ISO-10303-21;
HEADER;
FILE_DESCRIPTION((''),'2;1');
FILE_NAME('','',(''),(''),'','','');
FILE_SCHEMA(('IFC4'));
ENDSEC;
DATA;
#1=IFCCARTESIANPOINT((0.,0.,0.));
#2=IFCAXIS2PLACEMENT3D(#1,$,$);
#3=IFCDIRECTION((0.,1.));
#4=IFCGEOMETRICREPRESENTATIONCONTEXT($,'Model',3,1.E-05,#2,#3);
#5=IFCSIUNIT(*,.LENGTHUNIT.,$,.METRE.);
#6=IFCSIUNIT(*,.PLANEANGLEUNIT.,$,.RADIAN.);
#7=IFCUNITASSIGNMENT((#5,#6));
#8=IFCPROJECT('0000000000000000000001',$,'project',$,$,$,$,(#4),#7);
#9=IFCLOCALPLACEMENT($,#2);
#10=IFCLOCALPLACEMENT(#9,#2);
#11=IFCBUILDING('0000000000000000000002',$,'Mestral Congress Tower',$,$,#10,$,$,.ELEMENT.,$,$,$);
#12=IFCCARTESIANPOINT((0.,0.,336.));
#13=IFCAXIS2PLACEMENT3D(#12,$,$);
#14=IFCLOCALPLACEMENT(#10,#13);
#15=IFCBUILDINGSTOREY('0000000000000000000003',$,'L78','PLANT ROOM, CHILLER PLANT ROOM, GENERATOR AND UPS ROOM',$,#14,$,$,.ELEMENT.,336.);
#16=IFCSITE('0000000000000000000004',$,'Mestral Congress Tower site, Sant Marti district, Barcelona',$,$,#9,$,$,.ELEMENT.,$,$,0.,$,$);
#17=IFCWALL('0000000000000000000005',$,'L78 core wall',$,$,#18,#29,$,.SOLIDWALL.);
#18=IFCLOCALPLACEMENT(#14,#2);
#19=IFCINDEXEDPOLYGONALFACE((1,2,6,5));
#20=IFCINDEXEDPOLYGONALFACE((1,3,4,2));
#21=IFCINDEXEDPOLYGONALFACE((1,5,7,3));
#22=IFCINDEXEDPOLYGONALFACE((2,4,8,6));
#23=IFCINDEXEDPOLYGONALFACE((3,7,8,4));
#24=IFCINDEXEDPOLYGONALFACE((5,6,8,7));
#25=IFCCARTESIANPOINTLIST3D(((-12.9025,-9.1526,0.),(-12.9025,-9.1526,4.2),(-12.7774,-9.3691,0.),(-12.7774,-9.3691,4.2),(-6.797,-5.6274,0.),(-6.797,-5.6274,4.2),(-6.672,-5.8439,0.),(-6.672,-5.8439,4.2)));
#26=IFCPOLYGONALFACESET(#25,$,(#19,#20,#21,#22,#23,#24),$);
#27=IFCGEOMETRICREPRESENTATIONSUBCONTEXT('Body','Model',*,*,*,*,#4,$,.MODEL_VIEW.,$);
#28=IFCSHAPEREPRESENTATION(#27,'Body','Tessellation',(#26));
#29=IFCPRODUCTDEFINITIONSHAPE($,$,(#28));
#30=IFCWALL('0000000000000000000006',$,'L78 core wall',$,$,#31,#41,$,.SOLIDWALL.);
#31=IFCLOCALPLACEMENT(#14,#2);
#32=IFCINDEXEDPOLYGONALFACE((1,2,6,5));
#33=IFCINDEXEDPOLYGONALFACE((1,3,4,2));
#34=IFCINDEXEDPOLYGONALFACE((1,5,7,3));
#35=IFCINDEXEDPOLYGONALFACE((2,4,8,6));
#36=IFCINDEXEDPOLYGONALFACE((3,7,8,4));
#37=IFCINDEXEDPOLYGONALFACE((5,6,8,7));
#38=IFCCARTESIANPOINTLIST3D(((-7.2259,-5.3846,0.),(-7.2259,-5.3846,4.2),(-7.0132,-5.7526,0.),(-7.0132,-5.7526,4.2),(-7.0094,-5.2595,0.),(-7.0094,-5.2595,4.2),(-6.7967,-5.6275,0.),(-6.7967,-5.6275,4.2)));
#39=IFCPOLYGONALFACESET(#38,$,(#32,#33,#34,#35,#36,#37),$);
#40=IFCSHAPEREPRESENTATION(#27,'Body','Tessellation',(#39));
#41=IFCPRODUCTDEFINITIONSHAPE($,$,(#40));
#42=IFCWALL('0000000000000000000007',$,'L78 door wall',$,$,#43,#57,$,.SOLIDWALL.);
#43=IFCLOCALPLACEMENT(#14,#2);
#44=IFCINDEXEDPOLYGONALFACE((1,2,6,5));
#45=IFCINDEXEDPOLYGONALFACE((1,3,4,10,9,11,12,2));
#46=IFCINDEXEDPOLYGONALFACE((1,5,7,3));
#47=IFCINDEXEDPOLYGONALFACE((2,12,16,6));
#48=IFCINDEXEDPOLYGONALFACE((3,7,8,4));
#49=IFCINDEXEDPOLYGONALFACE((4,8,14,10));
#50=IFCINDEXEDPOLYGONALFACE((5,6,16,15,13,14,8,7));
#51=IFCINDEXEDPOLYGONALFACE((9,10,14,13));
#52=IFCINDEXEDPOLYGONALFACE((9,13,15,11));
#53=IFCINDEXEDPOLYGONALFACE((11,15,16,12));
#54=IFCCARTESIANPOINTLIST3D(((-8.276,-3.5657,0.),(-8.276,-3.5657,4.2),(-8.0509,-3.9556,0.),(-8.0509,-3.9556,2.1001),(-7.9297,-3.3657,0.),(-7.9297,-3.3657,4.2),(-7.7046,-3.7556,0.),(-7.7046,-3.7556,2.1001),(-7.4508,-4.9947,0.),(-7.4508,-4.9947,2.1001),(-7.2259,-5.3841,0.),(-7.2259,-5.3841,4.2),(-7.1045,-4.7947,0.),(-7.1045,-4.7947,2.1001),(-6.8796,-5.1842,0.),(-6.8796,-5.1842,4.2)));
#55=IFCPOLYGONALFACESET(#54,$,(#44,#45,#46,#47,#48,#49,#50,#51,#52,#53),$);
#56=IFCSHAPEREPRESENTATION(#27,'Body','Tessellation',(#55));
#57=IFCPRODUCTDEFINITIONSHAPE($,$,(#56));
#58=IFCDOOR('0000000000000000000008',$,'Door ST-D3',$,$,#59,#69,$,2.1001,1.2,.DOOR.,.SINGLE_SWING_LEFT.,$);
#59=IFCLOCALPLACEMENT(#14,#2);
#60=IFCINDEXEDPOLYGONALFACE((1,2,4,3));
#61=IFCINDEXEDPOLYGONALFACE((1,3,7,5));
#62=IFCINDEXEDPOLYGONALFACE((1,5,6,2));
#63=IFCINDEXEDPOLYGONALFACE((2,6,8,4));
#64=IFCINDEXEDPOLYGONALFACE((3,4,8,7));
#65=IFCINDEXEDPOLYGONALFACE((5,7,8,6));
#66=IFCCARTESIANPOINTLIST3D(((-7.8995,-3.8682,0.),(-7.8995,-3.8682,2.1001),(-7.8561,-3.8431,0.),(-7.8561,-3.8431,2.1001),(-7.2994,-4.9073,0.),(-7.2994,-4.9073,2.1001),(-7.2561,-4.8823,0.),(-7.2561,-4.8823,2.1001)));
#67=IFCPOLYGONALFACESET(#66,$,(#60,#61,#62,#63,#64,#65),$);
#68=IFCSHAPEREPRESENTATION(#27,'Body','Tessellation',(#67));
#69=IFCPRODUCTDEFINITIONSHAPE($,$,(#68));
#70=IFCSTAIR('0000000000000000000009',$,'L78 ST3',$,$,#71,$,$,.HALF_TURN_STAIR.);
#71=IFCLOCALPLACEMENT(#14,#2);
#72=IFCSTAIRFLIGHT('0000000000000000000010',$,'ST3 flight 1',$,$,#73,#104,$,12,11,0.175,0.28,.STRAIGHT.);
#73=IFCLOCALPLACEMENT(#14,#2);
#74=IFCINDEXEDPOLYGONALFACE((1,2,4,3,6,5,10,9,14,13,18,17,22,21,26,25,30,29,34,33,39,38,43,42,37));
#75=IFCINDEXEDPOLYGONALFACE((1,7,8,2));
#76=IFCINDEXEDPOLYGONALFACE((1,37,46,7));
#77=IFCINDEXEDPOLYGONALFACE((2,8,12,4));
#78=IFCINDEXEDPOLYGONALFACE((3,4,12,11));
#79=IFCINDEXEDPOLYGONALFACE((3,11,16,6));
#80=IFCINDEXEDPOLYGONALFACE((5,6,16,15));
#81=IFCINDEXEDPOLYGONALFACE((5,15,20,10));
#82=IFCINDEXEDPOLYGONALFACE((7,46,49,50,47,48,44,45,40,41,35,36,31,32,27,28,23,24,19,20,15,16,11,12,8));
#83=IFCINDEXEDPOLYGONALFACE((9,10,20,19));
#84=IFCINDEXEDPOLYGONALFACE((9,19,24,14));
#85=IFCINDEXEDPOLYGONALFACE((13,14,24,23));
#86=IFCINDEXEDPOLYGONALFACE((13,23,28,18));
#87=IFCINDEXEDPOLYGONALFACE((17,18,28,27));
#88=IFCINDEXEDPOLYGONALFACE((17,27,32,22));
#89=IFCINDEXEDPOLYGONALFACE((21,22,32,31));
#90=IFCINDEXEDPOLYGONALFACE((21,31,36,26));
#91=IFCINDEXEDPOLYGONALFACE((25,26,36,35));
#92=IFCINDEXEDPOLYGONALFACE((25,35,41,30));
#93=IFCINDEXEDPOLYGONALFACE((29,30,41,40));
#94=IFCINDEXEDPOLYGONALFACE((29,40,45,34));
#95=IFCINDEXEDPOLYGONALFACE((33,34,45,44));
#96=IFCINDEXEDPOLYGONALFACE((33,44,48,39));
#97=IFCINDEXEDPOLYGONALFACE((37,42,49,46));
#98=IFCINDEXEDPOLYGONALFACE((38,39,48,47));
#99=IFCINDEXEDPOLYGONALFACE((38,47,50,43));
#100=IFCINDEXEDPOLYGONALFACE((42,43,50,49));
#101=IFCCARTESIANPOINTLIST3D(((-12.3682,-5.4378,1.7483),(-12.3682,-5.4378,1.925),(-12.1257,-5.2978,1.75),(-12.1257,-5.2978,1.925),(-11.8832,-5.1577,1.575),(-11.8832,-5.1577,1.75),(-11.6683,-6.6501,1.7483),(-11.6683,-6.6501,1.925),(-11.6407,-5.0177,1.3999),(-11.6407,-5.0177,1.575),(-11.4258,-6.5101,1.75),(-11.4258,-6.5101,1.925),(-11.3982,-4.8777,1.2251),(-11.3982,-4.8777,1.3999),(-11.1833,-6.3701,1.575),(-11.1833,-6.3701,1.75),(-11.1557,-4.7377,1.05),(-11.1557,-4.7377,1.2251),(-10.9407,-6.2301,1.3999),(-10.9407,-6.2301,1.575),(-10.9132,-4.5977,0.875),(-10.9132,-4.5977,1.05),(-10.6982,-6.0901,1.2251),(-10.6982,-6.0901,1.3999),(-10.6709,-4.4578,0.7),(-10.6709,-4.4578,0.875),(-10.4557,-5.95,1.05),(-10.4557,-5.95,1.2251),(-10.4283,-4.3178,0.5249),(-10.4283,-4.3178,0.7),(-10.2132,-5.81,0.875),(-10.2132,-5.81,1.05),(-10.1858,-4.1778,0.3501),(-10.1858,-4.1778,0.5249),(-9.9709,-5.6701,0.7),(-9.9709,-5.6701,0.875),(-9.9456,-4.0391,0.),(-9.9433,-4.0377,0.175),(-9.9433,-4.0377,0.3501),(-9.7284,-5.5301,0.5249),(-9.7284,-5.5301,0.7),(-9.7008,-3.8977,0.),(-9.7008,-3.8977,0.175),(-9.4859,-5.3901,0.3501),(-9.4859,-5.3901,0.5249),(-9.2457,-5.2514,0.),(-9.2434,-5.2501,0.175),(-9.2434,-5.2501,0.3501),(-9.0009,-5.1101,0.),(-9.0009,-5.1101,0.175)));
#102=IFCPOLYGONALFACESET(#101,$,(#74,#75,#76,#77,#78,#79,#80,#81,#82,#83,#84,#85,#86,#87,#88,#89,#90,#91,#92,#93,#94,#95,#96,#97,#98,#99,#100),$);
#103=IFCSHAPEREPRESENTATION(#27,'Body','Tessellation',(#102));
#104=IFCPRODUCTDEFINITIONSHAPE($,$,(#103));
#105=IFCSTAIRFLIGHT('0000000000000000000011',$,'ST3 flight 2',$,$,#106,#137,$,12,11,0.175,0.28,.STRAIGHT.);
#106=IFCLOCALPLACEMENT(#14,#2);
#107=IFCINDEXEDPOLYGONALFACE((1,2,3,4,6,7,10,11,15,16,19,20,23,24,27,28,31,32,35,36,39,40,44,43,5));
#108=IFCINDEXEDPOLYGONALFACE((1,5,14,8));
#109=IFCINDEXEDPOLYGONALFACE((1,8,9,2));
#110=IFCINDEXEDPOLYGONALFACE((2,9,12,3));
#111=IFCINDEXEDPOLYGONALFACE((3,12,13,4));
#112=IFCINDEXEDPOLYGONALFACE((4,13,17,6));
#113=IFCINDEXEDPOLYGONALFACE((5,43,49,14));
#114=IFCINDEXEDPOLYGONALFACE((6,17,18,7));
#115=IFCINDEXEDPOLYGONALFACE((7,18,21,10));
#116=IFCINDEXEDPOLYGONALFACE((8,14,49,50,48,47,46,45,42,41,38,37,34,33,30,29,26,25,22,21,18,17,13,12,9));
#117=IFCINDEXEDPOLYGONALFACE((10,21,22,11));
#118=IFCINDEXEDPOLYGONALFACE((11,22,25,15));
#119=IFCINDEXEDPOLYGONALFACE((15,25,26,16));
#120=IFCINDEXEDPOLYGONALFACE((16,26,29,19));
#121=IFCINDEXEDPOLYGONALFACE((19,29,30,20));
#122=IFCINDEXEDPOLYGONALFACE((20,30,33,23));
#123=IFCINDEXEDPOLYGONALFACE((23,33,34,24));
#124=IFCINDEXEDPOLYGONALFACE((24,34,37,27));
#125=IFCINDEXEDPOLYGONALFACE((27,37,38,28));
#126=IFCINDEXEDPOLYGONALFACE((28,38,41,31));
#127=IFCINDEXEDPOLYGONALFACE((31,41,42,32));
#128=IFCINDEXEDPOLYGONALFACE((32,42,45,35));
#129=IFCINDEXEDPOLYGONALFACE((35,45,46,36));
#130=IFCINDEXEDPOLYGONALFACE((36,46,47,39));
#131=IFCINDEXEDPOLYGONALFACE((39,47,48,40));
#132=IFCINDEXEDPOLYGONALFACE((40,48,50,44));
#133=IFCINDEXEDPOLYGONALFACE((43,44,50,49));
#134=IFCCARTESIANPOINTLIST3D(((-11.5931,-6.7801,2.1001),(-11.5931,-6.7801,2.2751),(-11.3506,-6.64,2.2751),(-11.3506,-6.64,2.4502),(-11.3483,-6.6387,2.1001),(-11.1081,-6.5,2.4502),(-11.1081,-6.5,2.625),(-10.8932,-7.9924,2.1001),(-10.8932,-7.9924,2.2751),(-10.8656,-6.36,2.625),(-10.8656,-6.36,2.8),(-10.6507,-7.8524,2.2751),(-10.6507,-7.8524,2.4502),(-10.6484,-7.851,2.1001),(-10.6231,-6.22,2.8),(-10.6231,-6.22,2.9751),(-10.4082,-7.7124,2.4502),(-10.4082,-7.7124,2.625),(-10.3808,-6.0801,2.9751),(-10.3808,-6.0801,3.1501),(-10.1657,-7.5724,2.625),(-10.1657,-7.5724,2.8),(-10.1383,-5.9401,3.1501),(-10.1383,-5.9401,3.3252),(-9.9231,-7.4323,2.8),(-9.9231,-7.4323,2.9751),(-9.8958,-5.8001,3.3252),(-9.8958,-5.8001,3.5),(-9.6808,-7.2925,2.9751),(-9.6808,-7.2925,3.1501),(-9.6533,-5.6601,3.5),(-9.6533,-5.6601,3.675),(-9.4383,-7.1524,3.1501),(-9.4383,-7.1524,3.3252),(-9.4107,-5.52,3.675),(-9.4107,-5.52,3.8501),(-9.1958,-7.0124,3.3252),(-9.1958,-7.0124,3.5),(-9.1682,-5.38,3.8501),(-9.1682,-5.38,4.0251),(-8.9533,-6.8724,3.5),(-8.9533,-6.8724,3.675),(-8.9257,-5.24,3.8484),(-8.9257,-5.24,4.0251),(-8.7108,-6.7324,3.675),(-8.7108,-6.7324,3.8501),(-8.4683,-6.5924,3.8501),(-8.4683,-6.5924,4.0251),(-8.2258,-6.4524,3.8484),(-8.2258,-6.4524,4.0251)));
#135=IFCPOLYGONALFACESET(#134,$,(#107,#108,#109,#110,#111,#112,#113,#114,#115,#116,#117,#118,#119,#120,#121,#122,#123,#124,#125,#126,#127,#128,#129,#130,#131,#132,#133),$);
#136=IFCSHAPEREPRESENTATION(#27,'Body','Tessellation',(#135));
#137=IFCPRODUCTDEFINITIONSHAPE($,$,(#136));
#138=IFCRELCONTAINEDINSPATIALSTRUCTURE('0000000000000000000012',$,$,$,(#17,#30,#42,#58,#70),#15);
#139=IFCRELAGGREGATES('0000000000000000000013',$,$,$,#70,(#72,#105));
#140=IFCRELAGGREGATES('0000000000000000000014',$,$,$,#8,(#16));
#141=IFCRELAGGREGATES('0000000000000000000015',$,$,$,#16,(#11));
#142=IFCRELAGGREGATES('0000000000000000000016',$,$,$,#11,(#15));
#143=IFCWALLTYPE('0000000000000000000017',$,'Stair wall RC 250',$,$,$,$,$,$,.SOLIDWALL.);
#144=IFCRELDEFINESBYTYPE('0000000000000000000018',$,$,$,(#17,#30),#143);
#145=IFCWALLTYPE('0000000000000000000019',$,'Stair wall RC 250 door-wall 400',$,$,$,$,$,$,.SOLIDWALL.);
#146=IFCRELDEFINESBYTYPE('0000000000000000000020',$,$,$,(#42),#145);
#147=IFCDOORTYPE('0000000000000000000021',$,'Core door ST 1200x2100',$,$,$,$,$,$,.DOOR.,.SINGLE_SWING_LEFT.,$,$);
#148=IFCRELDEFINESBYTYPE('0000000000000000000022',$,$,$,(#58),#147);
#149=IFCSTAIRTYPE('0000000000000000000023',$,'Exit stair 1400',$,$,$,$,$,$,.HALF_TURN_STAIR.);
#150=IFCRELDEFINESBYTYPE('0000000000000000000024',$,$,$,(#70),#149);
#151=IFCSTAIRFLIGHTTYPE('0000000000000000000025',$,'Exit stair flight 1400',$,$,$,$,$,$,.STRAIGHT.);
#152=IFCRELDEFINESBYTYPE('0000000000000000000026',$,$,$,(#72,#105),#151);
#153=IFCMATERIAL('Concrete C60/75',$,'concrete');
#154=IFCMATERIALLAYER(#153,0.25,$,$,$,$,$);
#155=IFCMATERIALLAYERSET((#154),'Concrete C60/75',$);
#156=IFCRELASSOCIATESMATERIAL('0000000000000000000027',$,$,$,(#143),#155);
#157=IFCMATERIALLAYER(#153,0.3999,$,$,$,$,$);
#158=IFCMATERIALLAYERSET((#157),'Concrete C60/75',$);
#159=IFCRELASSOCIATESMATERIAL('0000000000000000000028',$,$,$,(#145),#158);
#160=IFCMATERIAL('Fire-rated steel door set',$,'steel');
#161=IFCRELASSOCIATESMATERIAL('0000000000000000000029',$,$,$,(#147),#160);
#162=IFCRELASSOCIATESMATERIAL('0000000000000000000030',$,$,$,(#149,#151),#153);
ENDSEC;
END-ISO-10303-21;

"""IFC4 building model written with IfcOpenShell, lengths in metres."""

from ifc_helpers import new_model, si_unit, direction, frame, frame_2d, origin, place, context, subcontext, project, spatial, polyline, rectangle, outline, extrude, material, layer, layer_set, type_object, element, fill, aggregate, save


model = new_model("IFC4")

# Units and contexts
model_context = context("Model", 3, precision=1e-05, world=origin(), true_north=direction((0.0, 1.0)))
body_context = subcontext(model_context, "Body", "Model", "MODEL_VIEW")
ifc_project = project(units=[si_unit("LENGTHUNIT", "METRE"), si_unit("PLANEANGLEUNIT", "RADIAN")], contexts=[model_context])

# Site, building, storey
site_placement = place(None, origin())
site = spatial("IfcSite", under=ifc_project, at=site_placement, Name="Mestral Congress Tower site, Sant Marti district, Barcelona", CompositionType="ELEMENT", RefElevation=0.0)
building_placement = place(site_placement, origin())
building = spatial("IfcBuilding", under=site, at=building_placement, Name="Mestral Congress Tower", CompositionType="ELEMENT")
storey_placement = place(building_placement, frame((0.0, 0.0, 336.0)))
storey = spatial("IfcBuildingStorey", under=building, at=storey_placement, Name="L78", Description="PLANT ROOM, CHILLER PLANT ROOM, GENERATOR AND UPS ROOM", CompositionType="ELEMENT", Elevation=336.0)

# Shared definitions
ifc_material_1 = material(Name="Concrete C60/75", Category="concrete")

# Shared definitions
ifc_material_2 = material(Name="Fire-rated steel door set", Category="steel")

# Walls
ifc_layer_1 = layer(ifc_material_1, 0.25)
ifc_layer_set_1 = layer_set([ifc_layer_1], Name="Concrete C60/75")
wall_type_1 = type_object("IfcWallType", Name="Stair wall RC 250", PredefinedType="SOLIDWALL", material=ifc_layer_set_1)
wall_1_placement = place(storey_placement, frame((-12.8398, -9.2607, 0.0), z_axis=(0.0, 0.0, 1.0), x_axis=(0.866016, 0.500016, 0.0)))
element("IfcWall", 1, at=wall_1_placement, inside=storey, type_object=wall_type_1, Name="L78 core wall", PredefinedType="SOLIDWALL", context=body_context, shape_type="SweptSolid", body=[
    extrude(rectangle(XDim=7.05, YDim=0.25, at=frame_2d((3.5249, 0.0))), origin(), (0.0, 0.0, 1.0), 4.2),
])
wall_2_placement = place(storey_placement, frame((-6.905, -5.6899, 0.0), z_axis=(0.0, 0.0, 1.0), x_axis=(-0.500402, 0.865793, 0.0)))
element("IfcWall", 2, at=wall_2_placement, inside=storey, type_object=wall_type_1, Name="L78 core wall", PredefinedType="SOLIDWALL", context=body_context, shape_type="SweptSolid", body=[
    extrude(rectangle(XDim=0.425, YDim=0.25, at=frame_2d((0.2124, 0.0))), origin(), (0.0, 0.0, 1.0), 4.2),
])

# Wall, opening, door
ifc_layer_2 = layer(ifc_material_1, 0.3999)
ifc_layer_set_2 = layer_set([ifc_layer_2], Name="Concrete C60/75")
wall_type_2 = type_object("IfcWallType", Name="Stair wall RC 250 door-wall 400", PredefinedType="SOLIDWALL", material=ifc_layer_set_2)
wall_3_placement = place(storey_placement, frame((-8.1028, -3.4658, 0.0), z_axis=(0.0, 0.0, 1.0), x_axis=(0.500078, -0.86598, 0.0)))
wall_3 = element("IfcWall", 3, at=wall_3_placement, inside=storey, type_object=wall_type_2, Name="L78 door wall", PredefinedType="SOLIDWALL", context=body_context, shape_type="SweptSolid", body=[
    extrude(rectangle(XDim=2.0999, YDim=0.3999, at=frame_2d((1.0498, 0.0))), origin(), (0.0, 0.0, 1.0), 4.2),
])
opening_1_placement = place(wall_3_placement, frame((0.45, 0.0, 0.0)))
opening_1 = element("IfcOpeningElement", 4, at=opening_1_placement, cuts=wall_3, PredefinedType="OPENING", context=body_context, shape_type="SweptSolid", body=[
    extrude(rectangle(XDim=1.2, YDim=2.1001, at=frame_2d((0.6001, 1.05))), frame((0.0, 0.21, 0.0), z_axis=(0.0, -1.0, 0.0), x_axis=(1.0, 0.0, 0.0)), (0.0, 0.0, 1.0), 0.4199),
])
door_type_1 = type_object("IfcDoorType", Name="Core door ST 1200x2100", OperationType="SINGLE_SWING_LEFT", PredefinedType="DOOR", material=ifc_material_2)
door_1_placement = place(opening_1_placement, origin())
door_1 = element("IfcDoor", 5, at=door_1_placement, inside=storey, type_object=door_type_1, Name="Door ST-D3", OperationType="SINGLE_SWING_LEFT", OverallHeight=2.1001, OverallWidth=1.2, PredefinedType="DOOR", context=body_context, shape_type="SweptSolid", body=[
    extrude(rectangle(XDim=1.2, YDim=2.1001, at=frame_2d((0.6001, 1.05))), frame((0.0, 0.0249, 0.0), z_axis=(0.0, -1.0, 0.0), x_axis=(1.0, 0.0, 0.0)), (0.0, 0.0, 1.0), 0.05),
])
fill(opening_1, door_1)

# Stair, stair flights
stair_type = type_object("IfcStairType", Name="Exit stair 1400", PredefinedType="HALF_TURN_STAIR", material=ifc_material_1)
stair_placement = place(storey_placement, origin())
stair = element("IfcStair", 6, at=stair_placement, inside=storey, type_object=stair_type, Name="L78 ST3", PredefinedType="HALF_TURN_STAIR")
stair_flight_type = type_object("IfcStairFlightType", Name="Exit stair flight 1400", PredefinedType="STRAIGHT", material=ifc_material_1)
stair_flight_1_placement = place(storey_placement, frame((-9.3508, -4.5039, 0.0), z_axis=(0.0, 0.0, 1.0), x_axis=(-0.866025, -0.5, 0.0)))
stair_flight_1 = element("IfcStairFlight", 7, at=stair_flight_1_placement, type_object=stair_flight_type, Name="ST3 flight 1", NumberOfRisers=12, NumberOfTreads=11, PredefinedType="STRAIGHT", RiserHeight=0.175, TreadLength=0.28, context=body_context, shape_type="SweptSolid", body=[
    extrude(outline(polyline([(0.0, 0.0), (0.0, 0.175), (0.28, 0.175), (0.28, 0.3501), (0.5601, 0.3501), (0.5601, 0.5249), (0.8401, 0.5249), (0.8401, 0.7), (1.1201, 0.7), (1.1201, 0.875), (1.3999, 0.875), (1.3999, 1.05), (1.6799, 1.05), (1.6799, 1.2251), (1.96, 1.2251), (1.96, 1.3999), (2.24, 1.3999), (2.24, 1.575), (2.52, 1.575), (2.52, 1.75), (2.8, 1.75), (2.8, 1.925), (3.0801, 1.925), (3.0801, 2.1001), (3.0801, 1.7483), (0.2827, 0.0), (0.0, 0.0)])), frame((0.0, 0.7, 0.0), z_axis=(0.0, -1.0, 0.0), x_axis=(1.0, 0.0, 0.0)), (0.0, 0.0, 1.0), 1.3999),
])
stair_flight_2_placement = place(storey_placement, frame((-11.2432, -7.3862, 2.1001), z_axis=(0.0, 0.0, 1.0), x_axis=(0.866025, 0.5, 0.0)))
stair_flight_2 = element("IfcStairFlight", 8, at=stair_flight_2_placement, type_object=stair_flight_type, Name="ST3 flight 2", NumberOfRisers=12, NumberOfTreads=11, PredefinedType="STRAIGHT", RiserHeight=0.175, TreadLength=0.28, context=body_context, shape_type="SweptSolid", body=[
    extrude(outline(polyline([(0.0, 0.0), (0.0, 0.175), (0.28, 0.175), (0.28, 0.3501), (0.5601, 0.3501), (0.5601, 0.5249), (0.8401, 0.5249), (0.8401, 0.7), (1.1201, 0.7), (1.1201, 0.875), (1.3999, 0.875), (1.3999, 1.05), (1.6799, 1.05), (1.6799, 1.2251), (1.96, 1.2251), (1.96, 1.3999), (2.24, 1.3999), (2.24, 1.575), (2.52, 1.575), (2.52, 1.75), (2.8, 1.75), (2.8, 1.925), (3.0801, 1.925), (3.0801, 2.1001), (3.0801, 1.7483), (0.2827, 0.0), (0.0, 0.0)])), frame((0.0, 0.7, 0.0), z_axis=(0.0, -1.0, 0.0), x_axis=(1.0, 0.0, 0.0)), (0.0, 0.0, 1.0), 1.3999),
])
aggregate(stair, [stair_flight_1, stair_flight_2])

save(model, "model.ifc")
